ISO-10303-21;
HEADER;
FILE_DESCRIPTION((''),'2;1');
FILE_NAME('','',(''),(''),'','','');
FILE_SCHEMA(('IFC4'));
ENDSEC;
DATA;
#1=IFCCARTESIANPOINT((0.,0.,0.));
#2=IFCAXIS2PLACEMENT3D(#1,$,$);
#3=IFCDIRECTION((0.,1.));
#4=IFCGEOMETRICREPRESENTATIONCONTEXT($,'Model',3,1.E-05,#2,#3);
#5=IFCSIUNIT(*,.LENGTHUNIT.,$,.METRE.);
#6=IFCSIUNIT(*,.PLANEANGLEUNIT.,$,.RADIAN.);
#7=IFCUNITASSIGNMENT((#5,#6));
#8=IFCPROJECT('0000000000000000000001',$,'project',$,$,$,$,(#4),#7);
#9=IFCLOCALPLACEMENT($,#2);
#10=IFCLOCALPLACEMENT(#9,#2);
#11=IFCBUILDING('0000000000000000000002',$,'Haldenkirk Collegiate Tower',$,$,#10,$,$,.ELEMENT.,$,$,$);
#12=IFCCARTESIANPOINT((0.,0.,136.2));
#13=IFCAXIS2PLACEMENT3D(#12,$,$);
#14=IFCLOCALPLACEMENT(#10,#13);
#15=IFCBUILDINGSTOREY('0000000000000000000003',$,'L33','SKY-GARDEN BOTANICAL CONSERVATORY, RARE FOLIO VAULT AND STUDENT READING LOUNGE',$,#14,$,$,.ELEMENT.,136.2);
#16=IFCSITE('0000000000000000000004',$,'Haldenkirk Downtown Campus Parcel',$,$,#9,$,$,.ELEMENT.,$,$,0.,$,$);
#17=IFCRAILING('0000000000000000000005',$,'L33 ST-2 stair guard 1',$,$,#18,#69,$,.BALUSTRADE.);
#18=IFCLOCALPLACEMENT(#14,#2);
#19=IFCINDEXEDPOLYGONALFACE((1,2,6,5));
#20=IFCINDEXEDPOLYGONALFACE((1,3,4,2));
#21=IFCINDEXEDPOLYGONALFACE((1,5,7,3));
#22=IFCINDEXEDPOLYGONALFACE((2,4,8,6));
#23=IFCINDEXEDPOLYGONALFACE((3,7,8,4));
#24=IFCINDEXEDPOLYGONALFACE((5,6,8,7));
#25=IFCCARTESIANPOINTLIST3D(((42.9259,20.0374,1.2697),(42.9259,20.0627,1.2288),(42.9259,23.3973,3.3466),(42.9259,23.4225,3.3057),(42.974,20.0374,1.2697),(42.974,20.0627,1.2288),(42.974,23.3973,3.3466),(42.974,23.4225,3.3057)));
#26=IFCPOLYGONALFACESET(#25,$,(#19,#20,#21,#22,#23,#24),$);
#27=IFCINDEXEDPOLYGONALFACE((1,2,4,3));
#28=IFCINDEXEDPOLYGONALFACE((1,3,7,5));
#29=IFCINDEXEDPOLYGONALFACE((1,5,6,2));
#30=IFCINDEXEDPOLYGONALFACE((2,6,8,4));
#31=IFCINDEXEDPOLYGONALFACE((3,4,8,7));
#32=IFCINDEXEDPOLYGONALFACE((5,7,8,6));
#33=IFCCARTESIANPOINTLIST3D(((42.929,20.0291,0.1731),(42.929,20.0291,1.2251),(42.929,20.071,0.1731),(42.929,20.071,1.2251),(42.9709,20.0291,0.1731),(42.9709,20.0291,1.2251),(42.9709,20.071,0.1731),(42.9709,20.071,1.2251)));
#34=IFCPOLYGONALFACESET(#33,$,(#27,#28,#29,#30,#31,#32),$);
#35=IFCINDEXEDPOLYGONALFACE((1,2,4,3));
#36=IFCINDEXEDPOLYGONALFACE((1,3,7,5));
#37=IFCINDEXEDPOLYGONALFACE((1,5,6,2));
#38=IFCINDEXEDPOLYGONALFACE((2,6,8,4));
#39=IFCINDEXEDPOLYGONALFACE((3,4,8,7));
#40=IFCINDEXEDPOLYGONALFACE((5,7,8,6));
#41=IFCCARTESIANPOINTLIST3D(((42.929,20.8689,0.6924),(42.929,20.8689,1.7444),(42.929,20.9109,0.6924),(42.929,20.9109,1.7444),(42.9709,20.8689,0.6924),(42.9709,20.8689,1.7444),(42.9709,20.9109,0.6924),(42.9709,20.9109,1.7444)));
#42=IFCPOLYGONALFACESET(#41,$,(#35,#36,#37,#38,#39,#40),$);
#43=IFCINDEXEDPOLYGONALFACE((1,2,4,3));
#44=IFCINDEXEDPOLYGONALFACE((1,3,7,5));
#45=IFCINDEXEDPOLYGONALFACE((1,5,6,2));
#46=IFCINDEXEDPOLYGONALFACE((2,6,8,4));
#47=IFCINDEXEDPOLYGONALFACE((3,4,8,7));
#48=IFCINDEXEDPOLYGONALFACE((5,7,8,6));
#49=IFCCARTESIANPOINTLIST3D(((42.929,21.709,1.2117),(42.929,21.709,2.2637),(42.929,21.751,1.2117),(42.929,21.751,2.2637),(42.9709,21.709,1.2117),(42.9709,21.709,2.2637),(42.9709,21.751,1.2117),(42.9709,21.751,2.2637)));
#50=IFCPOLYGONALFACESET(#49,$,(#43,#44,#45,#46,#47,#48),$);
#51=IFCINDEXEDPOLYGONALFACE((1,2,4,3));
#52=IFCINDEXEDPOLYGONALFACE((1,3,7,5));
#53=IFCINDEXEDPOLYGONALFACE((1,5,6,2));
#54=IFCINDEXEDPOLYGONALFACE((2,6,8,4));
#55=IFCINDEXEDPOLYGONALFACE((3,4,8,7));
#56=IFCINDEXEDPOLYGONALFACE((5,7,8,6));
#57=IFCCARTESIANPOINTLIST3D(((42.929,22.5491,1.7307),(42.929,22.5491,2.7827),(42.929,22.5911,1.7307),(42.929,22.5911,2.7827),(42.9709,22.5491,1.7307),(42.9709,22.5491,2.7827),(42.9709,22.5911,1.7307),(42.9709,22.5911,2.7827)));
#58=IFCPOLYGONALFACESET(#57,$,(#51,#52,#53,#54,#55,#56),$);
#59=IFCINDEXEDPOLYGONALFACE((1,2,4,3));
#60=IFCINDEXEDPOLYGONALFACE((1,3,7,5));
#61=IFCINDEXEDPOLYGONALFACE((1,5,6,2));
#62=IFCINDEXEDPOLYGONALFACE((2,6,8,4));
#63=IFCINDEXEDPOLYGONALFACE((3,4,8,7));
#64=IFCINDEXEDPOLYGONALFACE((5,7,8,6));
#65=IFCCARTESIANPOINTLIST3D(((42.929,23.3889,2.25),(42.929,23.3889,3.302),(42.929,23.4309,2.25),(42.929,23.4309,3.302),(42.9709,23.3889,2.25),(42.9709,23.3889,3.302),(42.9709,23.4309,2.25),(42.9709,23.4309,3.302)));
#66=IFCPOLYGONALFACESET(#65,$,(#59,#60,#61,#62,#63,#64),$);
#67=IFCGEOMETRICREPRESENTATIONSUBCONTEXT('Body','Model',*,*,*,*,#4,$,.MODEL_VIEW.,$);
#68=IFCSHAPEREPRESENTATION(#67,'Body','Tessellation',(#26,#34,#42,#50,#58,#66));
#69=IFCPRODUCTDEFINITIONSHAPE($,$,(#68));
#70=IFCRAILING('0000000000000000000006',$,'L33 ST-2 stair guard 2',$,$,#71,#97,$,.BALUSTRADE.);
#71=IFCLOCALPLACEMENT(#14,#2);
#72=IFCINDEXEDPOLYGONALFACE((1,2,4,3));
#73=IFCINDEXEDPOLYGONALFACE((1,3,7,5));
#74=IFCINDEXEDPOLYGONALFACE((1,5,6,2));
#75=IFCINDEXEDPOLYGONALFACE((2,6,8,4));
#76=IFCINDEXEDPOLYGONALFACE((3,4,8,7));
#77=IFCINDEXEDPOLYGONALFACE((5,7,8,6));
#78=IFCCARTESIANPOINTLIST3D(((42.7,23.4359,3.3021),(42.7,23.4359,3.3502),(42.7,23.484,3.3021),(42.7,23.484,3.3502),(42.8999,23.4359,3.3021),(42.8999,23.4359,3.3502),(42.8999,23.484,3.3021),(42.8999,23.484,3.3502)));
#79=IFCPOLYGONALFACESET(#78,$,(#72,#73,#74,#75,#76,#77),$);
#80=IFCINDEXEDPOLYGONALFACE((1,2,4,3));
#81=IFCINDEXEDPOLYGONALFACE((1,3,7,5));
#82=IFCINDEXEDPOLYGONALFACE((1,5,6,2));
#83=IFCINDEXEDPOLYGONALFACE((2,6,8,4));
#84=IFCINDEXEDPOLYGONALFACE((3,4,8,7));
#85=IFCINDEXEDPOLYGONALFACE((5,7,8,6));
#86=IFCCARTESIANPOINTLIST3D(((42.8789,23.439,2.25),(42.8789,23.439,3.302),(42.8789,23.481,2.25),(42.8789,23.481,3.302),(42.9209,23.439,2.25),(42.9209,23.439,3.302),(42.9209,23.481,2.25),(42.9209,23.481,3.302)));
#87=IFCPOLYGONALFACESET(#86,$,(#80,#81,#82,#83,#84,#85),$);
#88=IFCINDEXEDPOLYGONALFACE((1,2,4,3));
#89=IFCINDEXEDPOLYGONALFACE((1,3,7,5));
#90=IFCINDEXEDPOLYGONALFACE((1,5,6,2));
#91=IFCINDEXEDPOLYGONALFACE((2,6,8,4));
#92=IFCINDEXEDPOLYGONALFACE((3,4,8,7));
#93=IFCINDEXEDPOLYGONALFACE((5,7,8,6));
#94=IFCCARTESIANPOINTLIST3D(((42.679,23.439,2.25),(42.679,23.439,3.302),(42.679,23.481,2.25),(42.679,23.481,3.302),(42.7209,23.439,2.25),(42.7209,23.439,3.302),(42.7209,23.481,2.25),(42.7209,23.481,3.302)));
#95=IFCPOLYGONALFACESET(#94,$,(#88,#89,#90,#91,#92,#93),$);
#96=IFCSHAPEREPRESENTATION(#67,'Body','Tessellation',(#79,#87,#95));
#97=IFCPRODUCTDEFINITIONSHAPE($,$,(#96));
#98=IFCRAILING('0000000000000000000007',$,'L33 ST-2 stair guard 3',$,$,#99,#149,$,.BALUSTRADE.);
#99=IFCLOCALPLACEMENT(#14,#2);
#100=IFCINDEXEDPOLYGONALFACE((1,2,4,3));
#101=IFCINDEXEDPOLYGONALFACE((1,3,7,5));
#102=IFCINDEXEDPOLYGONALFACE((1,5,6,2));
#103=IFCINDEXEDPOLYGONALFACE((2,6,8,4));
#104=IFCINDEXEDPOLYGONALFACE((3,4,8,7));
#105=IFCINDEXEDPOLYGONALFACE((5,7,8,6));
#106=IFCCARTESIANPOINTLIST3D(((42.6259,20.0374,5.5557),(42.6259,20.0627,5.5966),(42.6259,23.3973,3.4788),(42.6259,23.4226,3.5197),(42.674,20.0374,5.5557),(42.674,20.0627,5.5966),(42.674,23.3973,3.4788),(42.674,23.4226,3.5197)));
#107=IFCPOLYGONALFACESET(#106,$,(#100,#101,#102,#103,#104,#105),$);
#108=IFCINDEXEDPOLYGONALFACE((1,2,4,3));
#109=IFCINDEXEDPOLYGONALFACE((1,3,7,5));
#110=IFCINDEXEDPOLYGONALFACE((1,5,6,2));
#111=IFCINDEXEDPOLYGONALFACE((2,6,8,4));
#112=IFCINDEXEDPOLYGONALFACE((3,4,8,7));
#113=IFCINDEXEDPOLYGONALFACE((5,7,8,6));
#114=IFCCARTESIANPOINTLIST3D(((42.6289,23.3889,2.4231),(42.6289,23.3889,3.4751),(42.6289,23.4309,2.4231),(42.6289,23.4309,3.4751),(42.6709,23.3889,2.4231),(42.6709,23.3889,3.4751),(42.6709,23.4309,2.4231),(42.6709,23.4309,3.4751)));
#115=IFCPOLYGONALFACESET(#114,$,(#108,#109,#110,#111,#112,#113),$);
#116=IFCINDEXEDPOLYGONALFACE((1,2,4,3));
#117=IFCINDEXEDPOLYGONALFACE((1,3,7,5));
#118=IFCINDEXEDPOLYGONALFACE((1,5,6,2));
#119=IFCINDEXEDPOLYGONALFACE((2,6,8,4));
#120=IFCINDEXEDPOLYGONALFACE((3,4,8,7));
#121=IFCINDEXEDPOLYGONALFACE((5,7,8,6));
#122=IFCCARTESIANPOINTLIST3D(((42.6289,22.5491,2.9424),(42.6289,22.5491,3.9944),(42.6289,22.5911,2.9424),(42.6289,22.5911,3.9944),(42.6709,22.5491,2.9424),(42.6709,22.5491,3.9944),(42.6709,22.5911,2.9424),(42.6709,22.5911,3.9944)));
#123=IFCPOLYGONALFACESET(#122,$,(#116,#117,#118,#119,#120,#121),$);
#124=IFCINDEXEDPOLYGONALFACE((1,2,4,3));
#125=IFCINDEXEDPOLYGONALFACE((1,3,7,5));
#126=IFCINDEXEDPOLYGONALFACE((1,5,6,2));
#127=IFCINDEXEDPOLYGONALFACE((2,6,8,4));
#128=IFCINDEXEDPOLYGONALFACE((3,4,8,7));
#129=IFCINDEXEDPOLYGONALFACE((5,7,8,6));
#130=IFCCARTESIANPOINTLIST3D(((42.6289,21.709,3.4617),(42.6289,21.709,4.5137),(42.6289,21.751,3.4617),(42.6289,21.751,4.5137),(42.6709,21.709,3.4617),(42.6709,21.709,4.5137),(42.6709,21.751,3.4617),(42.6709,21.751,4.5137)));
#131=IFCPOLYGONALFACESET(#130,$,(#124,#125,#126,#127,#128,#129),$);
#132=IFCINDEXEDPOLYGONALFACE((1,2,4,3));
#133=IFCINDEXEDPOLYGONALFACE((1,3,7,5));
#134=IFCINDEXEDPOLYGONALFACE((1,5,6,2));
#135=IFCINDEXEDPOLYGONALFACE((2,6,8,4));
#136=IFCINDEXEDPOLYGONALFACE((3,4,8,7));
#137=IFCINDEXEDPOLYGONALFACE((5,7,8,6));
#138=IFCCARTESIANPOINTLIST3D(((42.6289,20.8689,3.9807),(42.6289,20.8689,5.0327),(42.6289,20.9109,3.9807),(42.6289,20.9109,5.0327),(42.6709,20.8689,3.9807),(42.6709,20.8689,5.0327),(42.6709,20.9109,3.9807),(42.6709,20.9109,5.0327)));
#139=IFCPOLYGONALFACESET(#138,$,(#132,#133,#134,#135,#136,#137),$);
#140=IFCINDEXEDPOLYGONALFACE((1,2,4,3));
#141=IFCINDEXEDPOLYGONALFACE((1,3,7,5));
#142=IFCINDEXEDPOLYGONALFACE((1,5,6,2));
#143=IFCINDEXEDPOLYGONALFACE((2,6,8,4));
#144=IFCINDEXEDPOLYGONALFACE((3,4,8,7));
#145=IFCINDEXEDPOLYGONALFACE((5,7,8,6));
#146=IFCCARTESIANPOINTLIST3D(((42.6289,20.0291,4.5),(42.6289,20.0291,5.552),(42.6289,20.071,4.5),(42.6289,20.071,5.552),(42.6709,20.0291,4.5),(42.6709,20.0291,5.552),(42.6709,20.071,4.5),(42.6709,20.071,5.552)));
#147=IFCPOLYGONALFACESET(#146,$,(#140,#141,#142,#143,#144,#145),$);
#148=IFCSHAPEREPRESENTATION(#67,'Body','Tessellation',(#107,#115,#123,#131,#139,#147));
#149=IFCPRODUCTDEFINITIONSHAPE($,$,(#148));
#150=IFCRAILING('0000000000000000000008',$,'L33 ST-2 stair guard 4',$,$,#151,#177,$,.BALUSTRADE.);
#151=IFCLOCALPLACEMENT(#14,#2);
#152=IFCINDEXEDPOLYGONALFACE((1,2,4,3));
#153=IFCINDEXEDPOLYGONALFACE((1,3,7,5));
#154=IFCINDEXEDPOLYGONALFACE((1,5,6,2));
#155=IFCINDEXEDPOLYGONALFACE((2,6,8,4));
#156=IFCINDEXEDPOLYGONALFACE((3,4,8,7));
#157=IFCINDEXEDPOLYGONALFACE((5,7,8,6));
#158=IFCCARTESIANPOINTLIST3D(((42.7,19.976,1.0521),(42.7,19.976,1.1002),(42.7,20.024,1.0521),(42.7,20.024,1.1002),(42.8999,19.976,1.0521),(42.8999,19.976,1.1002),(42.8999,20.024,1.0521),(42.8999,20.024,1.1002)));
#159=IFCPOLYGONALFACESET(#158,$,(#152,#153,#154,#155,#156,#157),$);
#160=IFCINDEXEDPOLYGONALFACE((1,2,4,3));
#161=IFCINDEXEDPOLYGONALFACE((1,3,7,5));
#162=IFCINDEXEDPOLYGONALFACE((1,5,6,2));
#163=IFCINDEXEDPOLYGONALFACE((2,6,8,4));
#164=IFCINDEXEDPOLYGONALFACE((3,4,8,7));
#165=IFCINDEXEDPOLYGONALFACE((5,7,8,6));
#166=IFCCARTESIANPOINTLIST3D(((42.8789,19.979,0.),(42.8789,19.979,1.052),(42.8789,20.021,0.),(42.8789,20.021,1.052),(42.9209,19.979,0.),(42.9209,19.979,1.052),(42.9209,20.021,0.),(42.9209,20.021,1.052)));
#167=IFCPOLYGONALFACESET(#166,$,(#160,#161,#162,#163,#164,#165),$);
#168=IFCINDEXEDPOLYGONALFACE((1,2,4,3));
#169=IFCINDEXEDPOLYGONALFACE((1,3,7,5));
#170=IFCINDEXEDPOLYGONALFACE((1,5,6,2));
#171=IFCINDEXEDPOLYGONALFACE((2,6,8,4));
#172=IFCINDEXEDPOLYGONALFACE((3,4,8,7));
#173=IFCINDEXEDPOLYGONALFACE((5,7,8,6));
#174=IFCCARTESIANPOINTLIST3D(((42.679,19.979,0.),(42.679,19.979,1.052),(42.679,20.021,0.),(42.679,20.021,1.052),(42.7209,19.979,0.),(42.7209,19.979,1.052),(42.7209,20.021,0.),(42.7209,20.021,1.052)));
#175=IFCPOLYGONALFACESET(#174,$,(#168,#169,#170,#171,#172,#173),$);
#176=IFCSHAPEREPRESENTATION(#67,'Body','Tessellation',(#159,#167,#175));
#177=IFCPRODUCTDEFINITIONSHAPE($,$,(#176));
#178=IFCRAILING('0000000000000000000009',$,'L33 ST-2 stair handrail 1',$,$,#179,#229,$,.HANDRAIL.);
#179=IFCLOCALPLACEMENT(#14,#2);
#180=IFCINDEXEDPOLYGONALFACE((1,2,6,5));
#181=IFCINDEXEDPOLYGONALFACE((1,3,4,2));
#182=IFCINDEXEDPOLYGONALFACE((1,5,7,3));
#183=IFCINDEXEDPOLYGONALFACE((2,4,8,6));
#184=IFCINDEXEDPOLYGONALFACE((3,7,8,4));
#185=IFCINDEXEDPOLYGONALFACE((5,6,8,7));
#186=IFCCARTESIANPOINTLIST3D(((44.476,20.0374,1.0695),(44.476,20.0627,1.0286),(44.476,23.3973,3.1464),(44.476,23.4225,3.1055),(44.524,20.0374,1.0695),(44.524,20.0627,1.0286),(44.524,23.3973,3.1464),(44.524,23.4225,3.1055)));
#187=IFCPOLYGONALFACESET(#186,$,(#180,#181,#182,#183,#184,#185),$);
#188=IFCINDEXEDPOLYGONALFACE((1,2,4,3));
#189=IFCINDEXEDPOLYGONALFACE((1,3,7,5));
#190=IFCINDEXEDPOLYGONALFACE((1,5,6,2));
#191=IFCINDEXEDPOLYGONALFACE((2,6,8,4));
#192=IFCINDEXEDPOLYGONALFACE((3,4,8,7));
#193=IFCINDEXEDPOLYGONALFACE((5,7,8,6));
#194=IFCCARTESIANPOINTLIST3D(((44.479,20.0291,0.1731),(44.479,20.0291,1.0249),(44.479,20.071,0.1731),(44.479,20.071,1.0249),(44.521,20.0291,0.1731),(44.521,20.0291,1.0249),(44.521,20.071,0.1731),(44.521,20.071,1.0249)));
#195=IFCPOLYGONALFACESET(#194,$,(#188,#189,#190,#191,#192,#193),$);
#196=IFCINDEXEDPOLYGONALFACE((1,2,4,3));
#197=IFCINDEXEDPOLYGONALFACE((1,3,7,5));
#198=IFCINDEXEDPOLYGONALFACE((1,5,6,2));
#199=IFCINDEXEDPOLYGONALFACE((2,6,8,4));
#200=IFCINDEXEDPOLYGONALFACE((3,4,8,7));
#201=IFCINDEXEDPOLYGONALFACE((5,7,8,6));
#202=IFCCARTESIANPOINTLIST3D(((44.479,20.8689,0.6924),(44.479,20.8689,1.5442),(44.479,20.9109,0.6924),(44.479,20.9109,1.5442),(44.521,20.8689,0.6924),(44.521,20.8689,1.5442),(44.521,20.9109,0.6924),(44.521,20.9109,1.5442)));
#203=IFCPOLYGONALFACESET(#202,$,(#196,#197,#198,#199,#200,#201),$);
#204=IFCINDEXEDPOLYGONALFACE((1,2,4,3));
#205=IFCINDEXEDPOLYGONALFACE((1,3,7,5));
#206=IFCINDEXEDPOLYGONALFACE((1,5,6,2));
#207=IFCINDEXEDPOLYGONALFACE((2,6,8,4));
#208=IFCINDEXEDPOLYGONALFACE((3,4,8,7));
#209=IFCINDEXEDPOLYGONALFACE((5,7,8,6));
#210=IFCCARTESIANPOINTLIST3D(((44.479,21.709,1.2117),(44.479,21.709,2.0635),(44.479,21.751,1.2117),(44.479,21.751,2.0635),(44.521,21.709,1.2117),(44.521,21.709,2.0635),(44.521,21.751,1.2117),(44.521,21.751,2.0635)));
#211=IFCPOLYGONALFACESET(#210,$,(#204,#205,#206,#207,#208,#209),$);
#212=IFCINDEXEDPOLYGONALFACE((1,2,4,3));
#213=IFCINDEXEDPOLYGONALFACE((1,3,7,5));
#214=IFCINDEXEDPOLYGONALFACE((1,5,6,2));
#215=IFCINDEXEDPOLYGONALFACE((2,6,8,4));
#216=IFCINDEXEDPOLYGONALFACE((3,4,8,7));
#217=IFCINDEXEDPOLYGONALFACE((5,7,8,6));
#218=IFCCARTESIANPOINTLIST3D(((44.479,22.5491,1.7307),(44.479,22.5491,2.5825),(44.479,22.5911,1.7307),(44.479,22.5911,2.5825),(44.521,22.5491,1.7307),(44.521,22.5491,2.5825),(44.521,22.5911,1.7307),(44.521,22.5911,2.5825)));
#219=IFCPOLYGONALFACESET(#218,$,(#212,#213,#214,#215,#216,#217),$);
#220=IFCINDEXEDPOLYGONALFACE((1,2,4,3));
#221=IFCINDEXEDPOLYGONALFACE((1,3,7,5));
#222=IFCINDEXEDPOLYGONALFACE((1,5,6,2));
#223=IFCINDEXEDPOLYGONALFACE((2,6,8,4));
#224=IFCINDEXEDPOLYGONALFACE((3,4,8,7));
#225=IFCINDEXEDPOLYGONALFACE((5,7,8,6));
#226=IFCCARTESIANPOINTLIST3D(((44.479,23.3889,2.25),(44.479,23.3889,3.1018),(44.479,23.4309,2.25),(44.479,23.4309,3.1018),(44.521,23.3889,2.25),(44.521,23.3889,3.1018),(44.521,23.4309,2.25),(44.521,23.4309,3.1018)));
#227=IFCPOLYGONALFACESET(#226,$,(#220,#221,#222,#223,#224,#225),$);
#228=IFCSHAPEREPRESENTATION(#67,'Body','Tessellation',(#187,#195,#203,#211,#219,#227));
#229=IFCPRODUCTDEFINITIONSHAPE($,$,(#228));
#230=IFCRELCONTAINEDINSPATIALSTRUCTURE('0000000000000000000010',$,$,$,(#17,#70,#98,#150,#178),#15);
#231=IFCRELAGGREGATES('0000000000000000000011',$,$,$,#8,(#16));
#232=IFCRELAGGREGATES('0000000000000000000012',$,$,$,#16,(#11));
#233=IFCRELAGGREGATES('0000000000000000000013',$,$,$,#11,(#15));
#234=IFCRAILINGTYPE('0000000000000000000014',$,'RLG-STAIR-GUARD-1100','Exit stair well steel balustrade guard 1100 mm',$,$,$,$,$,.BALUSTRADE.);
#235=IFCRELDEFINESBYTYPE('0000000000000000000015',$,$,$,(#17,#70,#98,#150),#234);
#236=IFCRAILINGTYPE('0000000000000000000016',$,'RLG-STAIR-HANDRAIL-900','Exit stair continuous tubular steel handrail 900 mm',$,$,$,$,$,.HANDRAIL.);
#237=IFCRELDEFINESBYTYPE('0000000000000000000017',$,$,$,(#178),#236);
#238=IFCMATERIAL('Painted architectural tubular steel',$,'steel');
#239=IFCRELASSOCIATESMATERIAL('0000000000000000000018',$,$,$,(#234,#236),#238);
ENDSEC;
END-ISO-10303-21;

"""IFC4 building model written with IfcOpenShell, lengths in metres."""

from ifc_helpers import new_model, si_unit, direction, frame, origin, origin_2d, place, context, subcontext, project, spatial, rectangle, extrude, material, type_object, element, save


model = new_model("IFC4")

# Units and contexts
model_context = context("Model", 3, precision=1e-05, world=origin(), true_north=direction((0.0, 1.0)))
body_context = subcontext(model_context, "Body", "Model", "MODEL_VIEW")
ifc_project = project(units=[si_unit("LENGTHUNIT", "METRE"), si_unit("PLANEANGLEUNIT", "RADIAN")], contexts=[model_context])

# Site, building, storey
site_placement = place(None, origin())
site = spatial("IfcSite", under=ifc_project, at=site_placement, Name="Haldenkirk Downtown Campus Parcel", CompositionType="ELEMENT", RefElevation=0.0)
building_placement = place(site_placement, origin())
building = spatial("IfcBuilding", under=site, at=building_placement, Name="Haldenkirk Collegiate Tower", CompositionType="ELEMENT")
storey_placement = place(building_placement, frame((0.0, 0.0, 136.2)))
storey = spatial("IfcBuildingStorey", under=building, at=storey_placement, Name="L33", Description="SKY-GARDEN BOTANICAL CONSERVATORY, RARE FOLIO VAULT AND STUDENT READING LOUNGE", CompositionType="ELEMENT", Elevation=136.2)

# Railings
ifc_material_1 = material(Name="Painted architectural tubular steel", Category="steel")
railing_type_1 = type_object("IfcRailingType", Name="RLG-STAIR-GUARD-1100", Description="Exit stair well steel balustrade guard 1100 mm", PredefinedType="BALUSTRADE", material=ifc_material_1)
railing_1_placement = place(storey_placement, frame((42.95, 20.05, 0.1731)))
element("IfcRailing", 1, at=railing_1_placement, inside=storey, type_object=railing_type_1, Name="L33 ST-2 stair guard 1", PredefinedType="BALUSTRADE", context=body_context, shape_type="SweptSolid", body=[
    extrude(rectangle(XDim=0.0481, YDim=0.0481, at=origin_2d()), frame((0.0, 0.0, 1.0762), z_axis=(0.0, 0.850606, 0.525803), x_axis=(-1.0, 0.0, 0.0)), (0.0, 0.0, 1.0), 3.95),
    extrude(rectangle(XDim=0.042, YDim=0.042, at=origin_2d()), origin(), (0.0, 0.0, 1.0), 1.052),
    extrude(rectangle(XDim=0.042, YDim=0.042, at=origin_2d()), frame((0.0, 0.8398, 0.5193)), (0.0, 0.0, 1.0), 1.052),
    extrude(rectangle(XDim=0.042, YDim=0.042, at=origin_2d()), frame((0.0, 1.6799, 1.0386)), (0.0, 0.0, 1.0), 1.052),
    extrude(rectangle(XDim=0.042, YDim=0.042, at=origin_2d()), frame((0.0, 2.52, 1.5576)), (0.0, 0.0, 1.0), 1.052),
    extrude(rectangle(XDim=0.042, YDim=0.042, at=origin_2d()), frame((0.0, 3.3599, 2.0769)), (0.0, 0.0, 1.0), 1.052),
])
railing_2_placement = place(storey_placement, frame((42.8999, 23.46, 2.25)))
element("IfcRailing", 2, at=railing_2_placement, inside=storey, type_object=railing_type_1, Name="L33 ST-2 stair guard 2", PredefinedType="BALUSTRADE", context=body_context, shape_type="SweptSolid", body=[
    extrude(rectangle(XDim=0.0481, YDim=0.0481, at=origin_2d()), frame((0.0, 0.0, 1.0762), z_axis=(-1.0, 0.0, 0.0), x_axis=(0.0, -1.0, 0.0)), (0.0, 0.0, 1.0), 0.2),
    extrude(rectangle(XDim=0.042, YDim=0.042, at=origin_2d()), origin(), (0.0, 0.0, 1.0), 1.052),
    extrude(rectangle(XDim=0.042, YDim=0.042, at=origin_2d()), frame((-0.2, 0.0, 0.0)), (0.0, 0.0, 1.0), 1.052),
])
railing_3_placement = place(storey_placement, frame((42.6499, 23.4099, 2.4231)))
element("IfcRailing", 3, at=railing_3_placement, inside=storey, type_object=railing_type_1, Name="L33 ST-2 stair guard 3", PredefinedType="BALUSTRADE", context=body_context, shape_type="SweptSolid", body=[
    extrude(rectangle(XDim=0.0481, YDim=0.0481, at=origin_2d()), frame((0.0, 0.0, 1.0762), z_axis=(0.0, -0.850606, 0.525803), x_axis=(1.0, 0.0, 0.0)), (0.0, 0.0, 1.0), 3.95),
    extrude(rectangle(XDim=0.042, YDim=0.042, at=origin_2d()), origin(), (0.0, 0.0, 1.0), 1.052),
    extrude(rectangle(XDim=0.042, YDim=0.042, at=origin_2d()), frame((0.0, -0.8398, 0.5193)), (0.0, 0.0, 1.0), 1.052),
    extrude(rectangle(XDim=0.042, YDim=0.042, at=origin_2d()), frame((0.0, -1.6799, 1.0386)), (0.0, 0.0, 1.0), 1.052),
    extrude(rectangle(XDim=0.042, YDim=0.042, at=origin_2d()), frame((0.0, -2.52, 1.5576)), (0.0, 0.0, 1.0), 1.052),
    extrude(rectangle(XDim=0.042, YDim=0.042, at=origin_2d()), frame((0.0, -3.3599, 2.0769)), (0.0, 0.0, 1.0), 1.052),
])
railing_4_placement = place(storey_placement, frame((42.8999, 20.0, 0.0)))
element("IfcRailing", 4, at=railing_4_placement, inside=storey, type_object=railing_type_1, Name="L33 ST-2 stair guard 4", PredefinedType="BALUSTRADE", context=body_context, shape_type="SweptSolid", body=[
    extrude(rectangle(XDim=0.0481, YDim=0.0481, at=origin_2d()), frame((0.0, 0.0, 1.0762), z_axis=(-1.0, 0.0, 0.0), x_axis=(0.0, -1.0, 0.0)), (0.0, 0.0, 1.0), 0.2),
    extrude(rectangle(XDim=0.042, YDim=0.042, at=origin_2d()), origin(), (0.0, 0.0, 1.0), 1.052),
    extrude(rectangle(XDim=0.042, YDim=0.042, at=origin_2d()), frame((-0.2, 0.0, 0.0)), (0.0, 0.0, 1.0), 1.052),
])
railing_type_2 = type_object("IfcRailingType", Name="RLG-STAIR-HANDRAIL-900", Description="Exit stair continuous tubular steel handrail 900 mm", PredefinedType="HANDRAIL", material=ifc_material_1)
railing_5_placement = place(storey_placement, frame((44.5, 20.05, 0.1731)))
element("IfcRailing", 5, at=railing_5_placement, inside=storey, type_object=railing_type_2, Name="L33 ST-2 stair handrail 1", PredefinedType="HANDRAIL", context=body_context, shape_type="SweptSolid", body=[
    extrude(rectangle(XDim=0.0481, YDim=0.0481, at=origin_2d()), frame((0.0, 0.0, 0.876), z_axis=(0.0, 0.850606, 0.525803), x_axis=(-1.0, 0.0, 0.0)), (0.0, 0.0, 1.0), 3.95),
    extrude(rectangle(XDim=0.042, YDim=0.042, at=origin_2d()), origin(), (0.0, 0.0, 1.0), 0.8518),
    extrude(rectangle(XDim=0.042, YDim=0.042, at=origin_2d()), frame((0.0, 0.8398, 0.5193)), (0.0, 0.0, 1.0), 0.8518),
    extrude(rectangle(XDim=0.042, YDim=0.042, at=origin_2d()), frame((0.0, 1.6799, 1.0386)), (0.0, 0.0, 1.0), 0.8518),
    extrude(rectangle(XDim=0.042, YDim=0.042, at=origin_2d()), frame((0.0, 2.52, 1.5576)), (0.0, 0.0, 1.0), 0.8518),
    extrude(rectangle(XDim=0.042, YDim=0.042, at=origin_2d()), frame((0.0, 3.3599, 2.0769)), (0.0, 0.0, 1.0), 0.8518),
])

save(model, "model.ifc")
